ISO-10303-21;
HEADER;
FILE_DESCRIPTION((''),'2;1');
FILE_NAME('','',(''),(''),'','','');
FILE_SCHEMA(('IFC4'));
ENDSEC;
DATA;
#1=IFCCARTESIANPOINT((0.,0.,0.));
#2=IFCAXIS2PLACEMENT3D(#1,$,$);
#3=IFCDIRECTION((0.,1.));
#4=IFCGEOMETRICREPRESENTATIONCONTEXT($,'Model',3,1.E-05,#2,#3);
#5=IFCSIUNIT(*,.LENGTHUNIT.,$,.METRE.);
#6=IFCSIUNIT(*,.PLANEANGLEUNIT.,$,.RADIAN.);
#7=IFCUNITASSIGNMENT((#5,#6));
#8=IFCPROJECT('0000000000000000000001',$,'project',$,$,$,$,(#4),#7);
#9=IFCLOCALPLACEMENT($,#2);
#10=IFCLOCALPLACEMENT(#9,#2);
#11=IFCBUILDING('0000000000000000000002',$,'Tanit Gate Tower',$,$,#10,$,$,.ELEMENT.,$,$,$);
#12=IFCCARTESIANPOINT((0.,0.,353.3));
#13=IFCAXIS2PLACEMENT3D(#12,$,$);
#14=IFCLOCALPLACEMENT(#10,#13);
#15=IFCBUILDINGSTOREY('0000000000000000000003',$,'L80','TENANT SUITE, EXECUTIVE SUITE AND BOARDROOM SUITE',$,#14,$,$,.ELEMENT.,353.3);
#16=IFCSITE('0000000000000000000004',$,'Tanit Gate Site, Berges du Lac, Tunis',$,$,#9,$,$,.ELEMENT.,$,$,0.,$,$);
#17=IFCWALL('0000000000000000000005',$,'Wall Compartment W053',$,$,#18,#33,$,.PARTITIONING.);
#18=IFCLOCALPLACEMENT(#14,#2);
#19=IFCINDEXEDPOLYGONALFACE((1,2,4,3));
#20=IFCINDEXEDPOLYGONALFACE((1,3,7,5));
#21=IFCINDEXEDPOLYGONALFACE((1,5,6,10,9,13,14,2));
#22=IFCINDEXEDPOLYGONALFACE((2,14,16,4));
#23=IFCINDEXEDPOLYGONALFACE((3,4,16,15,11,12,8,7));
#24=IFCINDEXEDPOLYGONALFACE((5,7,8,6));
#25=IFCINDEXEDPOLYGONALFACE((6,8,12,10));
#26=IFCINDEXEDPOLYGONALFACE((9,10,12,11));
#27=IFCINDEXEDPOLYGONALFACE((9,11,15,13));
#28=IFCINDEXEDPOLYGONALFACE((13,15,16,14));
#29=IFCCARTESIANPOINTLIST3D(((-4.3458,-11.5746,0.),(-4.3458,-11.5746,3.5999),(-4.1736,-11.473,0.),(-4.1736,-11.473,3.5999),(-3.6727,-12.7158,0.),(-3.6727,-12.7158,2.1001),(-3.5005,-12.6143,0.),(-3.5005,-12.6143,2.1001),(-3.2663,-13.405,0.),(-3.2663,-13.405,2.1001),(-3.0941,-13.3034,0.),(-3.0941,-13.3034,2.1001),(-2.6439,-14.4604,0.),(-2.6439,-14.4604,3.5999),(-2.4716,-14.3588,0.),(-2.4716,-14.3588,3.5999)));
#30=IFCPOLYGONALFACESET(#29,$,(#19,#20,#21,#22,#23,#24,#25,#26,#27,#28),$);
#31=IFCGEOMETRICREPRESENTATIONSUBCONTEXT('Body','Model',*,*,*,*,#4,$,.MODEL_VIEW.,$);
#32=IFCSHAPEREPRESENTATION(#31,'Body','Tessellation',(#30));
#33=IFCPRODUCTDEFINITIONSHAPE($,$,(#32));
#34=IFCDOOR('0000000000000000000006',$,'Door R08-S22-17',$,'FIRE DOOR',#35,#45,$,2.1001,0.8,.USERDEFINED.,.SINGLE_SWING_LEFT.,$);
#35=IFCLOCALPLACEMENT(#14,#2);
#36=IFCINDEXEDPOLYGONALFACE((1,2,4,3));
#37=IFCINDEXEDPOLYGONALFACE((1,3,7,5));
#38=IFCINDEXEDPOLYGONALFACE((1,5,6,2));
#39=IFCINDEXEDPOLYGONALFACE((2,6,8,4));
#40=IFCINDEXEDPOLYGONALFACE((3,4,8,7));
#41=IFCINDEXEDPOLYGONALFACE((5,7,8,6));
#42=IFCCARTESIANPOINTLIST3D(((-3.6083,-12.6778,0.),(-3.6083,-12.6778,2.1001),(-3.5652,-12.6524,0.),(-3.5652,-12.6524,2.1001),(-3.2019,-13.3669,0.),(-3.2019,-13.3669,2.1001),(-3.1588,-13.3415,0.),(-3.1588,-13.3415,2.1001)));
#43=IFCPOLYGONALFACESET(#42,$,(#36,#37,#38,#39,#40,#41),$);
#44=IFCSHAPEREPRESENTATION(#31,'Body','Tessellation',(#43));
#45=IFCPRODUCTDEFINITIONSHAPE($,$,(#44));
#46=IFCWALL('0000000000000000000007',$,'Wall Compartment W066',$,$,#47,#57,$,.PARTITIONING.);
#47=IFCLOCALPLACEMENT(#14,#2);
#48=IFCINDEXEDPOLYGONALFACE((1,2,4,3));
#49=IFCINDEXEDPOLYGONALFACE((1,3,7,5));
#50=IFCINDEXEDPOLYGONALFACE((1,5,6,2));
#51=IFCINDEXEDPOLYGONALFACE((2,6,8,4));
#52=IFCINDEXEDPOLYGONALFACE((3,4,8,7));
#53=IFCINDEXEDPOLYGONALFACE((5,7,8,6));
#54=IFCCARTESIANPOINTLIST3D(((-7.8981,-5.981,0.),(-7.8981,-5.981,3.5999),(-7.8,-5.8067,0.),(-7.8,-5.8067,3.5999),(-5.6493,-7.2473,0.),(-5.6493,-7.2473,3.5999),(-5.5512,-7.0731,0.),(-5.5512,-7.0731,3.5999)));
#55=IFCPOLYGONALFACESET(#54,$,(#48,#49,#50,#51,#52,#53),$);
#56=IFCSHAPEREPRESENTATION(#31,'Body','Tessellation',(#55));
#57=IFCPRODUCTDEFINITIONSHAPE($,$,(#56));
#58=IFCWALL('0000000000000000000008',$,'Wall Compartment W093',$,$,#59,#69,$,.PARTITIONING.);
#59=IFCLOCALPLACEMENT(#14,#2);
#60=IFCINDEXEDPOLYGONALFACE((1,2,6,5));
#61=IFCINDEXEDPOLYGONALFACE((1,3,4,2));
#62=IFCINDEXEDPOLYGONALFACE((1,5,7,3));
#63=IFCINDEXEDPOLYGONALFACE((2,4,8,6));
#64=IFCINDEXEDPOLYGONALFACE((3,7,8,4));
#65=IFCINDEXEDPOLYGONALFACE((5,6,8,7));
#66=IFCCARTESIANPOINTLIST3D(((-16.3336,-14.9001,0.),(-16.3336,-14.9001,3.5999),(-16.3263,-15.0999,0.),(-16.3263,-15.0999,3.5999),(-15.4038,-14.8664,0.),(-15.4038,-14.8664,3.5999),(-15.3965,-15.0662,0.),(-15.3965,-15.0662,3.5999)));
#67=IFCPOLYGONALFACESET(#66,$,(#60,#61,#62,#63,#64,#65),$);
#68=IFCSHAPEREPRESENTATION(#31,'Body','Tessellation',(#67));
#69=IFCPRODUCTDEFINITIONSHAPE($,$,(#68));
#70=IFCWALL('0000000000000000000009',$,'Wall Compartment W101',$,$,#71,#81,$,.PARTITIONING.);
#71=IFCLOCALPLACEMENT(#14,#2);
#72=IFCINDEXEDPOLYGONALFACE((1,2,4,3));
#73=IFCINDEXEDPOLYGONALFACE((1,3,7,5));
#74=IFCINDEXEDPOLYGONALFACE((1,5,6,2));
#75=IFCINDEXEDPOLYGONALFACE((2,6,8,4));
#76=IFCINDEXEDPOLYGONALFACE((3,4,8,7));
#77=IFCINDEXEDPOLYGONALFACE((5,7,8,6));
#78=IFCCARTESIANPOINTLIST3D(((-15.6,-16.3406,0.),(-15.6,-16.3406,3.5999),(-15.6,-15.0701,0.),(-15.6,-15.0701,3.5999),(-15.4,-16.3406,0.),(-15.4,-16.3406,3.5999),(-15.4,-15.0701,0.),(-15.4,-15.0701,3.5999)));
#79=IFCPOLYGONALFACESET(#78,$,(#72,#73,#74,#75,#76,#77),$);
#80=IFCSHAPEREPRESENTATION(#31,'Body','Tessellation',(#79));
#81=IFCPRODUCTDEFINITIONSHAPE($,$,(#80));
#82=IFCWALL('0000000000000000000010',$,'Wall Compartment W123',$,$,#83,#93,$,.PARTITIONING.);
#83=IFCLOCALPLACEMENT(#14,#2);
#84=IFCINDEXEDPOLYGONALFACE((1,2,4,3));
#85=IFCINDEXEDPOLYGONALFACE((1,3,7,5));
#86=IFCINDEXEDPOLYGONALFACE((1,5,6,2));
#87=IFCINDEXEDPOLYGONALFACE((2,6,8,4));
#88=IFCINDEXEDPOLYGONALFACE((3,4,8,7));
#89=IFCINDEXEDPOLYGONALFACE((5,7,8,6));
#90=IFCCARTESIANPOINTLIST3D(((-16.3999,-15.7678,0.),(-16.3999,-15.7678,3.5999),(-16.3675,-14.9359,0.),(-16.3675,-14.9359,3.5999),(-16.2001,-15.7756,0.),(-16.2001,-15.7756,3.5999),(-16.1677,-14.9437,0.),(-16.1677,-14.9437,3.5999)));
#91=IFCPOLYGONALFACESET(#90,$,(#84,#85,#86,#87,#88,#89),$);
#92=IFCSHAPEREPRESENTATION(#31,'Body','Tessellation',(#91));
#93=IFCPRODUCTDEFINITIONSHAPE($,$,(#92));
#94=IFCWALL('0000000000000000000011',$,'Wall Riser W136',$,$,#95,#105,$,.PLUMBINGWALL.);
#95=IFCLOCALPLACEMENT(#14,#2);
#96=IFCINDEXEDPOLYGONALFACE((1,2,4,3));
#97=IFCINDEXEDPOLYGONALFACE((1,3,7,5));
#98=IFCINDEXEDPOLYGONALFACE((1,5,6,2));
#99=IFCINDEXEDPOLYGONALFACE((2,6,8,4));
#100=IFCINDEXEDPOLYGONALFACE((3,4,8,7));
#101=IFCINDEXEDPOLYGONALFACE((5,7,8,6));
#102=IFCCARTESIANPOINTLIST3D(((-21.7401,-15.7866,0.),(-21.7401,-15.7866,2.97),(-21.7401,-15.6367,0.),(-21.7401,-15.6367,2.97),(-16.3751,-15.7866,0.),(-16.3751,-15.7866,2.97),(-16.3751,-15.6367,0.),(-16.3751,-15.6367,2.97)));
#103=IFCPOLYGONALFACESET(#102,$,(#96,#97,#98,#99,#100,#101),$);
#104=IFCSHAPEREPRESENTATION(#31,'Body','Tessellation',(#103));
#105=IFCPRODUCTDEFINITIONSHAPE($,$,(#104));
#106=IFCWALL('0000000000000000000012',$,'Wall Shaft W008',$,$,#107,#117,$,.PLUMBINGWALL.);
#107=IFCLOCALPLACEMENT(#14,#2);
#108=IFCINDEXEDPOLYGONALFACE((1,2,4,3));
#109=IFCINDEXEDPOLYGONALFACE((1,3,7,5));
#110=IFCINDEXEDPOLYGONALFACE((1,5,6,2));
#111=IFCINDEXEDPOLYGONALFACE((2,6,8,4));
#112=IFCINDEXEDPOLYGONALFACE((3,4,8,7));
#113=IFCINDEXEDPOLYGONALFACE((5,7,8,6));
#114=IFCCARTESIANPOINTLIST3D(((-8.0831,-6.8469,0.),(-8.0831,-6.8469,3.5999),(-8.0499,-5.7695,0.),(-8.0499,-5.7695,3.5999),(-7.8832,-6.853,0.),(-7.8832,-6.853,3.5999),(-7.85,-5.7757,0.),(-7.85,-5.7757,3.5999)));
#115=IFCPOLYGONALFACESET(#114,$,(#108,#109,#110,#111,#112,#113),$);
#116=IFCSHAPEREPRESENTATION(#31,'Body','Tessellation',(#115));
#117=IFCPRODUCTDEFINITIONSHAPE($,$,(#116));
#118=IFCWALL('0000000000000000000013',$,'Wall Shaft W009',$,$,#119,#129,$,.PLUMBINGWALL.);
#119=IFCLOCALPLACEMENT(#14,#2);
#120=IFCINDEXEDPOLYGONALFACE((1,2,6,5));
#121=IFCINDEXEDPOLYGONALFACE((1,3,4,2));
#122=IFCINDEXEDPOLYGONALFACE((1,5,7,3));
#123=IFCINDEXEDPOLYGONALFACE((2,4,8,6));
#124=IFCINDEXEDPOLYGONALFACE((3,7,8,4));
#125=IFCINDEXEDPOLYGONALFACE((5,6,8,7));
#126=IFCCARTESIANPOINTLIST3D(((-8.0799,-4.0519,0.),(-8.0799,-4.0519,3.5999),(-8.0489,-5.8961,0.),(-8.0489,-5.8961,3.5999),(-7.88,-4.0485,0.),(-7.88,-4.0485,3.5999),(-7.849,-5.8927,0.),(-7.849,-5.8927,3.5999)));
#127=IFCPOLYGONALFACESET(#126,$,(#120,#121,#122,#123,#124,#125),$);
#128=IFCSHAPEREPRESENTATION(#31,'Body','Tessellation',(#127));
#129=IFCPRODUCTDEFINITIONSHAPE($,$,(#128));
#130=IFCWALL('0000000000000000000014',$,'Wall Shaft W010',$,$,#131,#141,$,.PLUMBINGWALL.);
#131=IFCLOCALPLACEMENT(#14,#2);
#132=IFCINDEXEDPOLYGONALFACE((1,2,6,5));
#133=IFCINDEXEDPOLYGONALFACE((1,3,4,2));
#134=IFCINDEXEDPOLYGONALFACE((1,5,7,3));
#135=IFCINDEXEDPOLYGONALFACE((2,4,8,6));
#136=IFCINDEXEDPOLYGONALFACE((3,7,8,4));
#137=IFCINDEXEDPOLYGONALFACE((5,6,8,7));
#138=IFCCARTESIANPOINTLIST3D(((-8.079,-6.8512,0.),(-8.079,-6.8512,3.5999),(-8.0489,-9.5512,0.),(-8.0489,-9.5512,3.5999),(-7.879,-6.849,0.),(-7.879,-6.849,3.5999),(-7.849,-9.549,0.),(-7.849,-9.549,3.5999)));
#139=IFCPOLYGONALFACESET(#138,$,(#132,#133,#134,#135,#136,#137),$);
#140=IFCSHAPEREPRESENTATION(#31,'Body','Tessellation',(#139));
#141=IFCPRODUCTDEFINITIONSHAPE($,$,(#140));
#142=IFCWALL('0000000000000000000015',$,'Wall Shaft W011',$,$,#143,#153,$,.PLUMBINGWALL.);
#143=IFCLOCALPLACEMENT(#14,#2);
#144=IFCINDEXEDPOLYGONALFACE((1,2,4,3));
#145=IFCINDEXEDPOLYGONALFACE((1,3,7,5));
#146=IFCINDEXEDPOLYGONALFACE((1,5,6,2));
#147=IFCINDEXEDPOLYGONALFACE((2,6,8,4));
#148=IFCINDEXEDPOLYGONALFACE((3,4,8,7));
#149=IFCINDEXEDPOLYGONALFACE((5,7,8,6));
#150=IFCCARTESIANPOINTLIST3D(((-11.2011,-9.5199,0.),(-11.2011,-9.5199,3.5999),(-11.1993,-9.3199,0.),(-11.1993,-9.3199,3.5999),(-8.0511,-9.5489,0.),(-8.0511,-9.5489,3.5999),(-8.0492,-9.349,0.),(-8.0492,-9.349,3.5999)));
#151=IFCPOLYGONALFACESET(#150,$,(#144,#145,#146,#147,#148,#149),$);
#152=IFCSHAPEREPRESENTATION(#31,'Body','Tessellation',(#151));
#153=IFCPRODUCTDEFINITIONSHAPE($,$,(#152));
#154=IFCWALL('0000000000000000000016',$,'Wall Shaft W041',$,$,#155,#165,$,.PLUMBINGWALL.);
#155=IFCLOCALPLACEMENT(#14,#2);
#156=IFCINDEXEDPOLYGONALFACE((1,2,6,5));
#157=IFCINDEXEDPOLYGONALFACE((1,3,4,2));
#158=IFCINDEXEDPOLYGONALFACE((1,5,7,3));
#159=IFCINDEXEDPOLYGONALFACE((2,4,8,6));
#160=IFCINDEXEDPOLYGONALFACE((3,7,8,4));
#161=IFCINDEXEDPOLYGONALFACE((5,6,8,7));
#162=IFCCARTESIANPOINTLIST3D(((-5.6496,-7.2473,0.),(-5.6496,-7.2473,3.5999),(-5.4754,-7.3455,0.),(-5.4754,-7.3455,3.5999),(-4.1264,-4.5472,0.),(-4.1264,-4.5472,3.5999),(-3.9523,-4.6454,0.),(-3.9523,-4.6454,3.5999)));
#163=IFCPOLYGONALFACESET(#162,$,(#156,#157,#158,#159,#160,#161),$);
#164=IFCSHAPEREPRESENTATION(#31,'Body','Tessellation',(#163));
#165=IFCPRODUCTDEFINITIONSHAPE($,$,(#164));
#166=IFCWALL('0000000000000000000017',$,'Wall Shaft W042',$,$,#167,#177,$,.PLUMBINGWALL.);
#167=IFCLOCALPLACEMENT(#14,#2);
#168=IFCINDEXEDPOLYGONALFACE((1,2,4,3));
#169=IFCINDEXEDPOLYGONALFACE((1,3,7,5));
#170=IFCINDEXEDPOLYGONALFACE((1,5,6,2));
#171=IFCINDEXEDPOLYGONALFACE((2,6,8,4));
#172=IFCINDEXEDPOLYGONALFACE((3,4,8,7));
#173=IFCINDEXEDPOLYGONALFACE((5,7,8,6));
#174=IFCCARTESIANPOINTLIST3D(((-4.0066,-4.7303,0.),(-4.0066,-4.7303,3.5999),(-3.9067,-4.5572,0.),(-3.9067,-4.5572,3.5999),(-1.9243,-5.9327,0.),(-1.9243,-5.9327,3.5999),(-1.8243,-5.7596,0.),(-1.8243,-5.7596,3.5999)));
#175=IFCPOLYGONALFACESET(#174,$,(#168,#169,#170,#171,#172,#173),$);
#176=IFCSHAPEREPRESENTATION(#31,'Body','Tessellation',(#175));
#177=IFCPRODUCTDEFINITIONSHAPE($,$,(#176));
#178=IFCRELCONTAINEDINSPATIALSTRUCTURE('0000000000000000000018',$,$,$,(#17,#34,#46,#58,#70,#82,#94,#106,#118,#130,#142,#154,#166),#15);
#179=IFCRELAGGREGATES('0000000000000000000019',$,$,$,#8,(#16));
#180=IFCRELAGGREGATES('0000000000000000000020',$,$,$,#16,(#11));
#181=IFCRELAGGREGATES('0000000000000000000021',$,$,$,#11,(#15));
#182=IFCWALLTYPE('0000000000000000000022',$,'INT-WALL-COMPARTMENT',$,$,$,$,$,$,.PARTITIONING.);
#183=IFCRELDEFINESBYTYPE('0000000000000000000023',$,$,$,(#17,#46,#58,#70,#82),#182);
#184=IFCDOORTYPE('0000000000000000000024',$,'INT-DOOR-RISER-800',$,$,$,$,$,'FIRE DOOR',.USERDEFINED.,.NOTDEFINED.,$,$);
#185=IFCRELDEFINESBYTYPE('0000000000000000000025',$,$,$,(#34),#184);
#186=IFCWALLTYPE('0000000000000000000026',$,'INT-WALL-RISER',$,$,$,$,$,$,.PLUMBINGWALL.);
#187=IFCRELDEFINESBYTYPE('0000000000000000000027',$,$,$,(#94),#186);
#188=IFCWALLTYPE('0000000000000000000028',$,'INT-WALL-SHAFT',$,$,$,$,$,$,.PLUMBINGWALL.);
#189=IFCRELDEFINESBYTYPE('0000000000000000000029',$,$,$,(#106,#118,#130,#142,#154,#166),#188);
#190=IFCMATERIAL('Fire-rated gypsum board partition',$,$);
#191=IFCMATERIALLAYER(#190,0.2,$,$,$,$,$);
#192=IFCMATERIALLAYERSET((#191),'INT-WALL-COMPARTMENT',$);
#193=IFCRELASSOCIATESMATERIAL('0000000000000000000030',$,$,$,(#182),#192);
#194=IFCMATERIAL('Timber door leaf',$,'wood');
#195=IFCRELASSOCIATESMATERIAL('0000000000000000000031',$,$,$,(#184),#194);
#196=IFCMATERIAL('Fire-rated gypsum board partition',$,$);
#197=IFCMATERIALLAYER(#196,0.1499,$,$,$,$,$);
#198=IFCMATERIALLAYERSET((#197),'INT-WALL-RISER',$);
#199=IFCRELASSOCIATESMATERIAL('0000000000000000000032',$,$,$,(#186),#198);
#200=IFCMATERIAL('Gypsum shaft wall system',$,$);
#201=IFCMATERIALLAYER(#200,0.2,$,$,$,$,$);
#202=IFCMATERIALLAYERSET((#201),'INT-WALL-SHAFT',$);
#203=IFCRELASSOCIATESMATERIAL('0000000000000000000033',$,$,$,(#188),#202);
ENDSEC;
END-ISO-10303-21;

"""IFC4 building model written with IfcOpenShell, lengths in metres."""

from ifc_helpers import new_model, si_unit, direction, frame, frame_2d, origin, place, context, subcontext, project, spatial, rectangle, extrude, material, layer, layer_set, type_object, element, fill, save


model = new_model("IFC4")

# Units and contexts
model_context = context("Model", 3, precision=1e-05, world=origin(), true_north=direction((0.0, 1.0)))
body_context = subcontext(model_context, "Body", "Model", "MODEL_VIEW")
ifc_project = project(units=[si_unit("LENGTHUNIT", "METRE"), si_unit("PLANEANGLEUNIT", "RADIAN")], contexts=[model_context])

# Site, building, storey
site_placement = place(None, origin())
site = spatial("IfcSite", under=ifc_project, at=site_placement, Name="Tanit Gate Site, Berges du Lac, Tunis", CompositionType="ELEMENT", RefElevation=0.0)
building_placement = place(site_placement, origin())
building = spatial("IfcBuilding", under=site, at=building_placement, Name="Tanit Gate Tower", CompositionType="ELEMENT")
storey_placement = place(building_placement, frame((0.0, 0.0, 353.3)))
storey = spatial("IfcBuildingStorey", under=building, at=storey_placement, Name="L80", Description="TENANT SUITE, EXECUTIVE SUITE AND BOARDROOM SUITE", CompositionType="ELEMENT", Elevation=353.3)

# Wall, opening, door
ifc_material_1 = material(Name="Fire-rated gypsum board partition")
ifc_layer_1 = layer(ifc_material_1, 0.2)
ifc_layer_set_1 = layer_set([ifc_layer_1], Name="INT-WALL-COMPARTMENT")
wall_type_1 = type_object("IfcWallType", Name="INT-WALL-COMPARTMENT", PredefinedType="PARTITIONING", material=ifc_layer_set_1)
wall_1_placement = place(storey_placement, frame((-4.2598, -11.5237, 0.0), z_axis=(0.0, 0.0, 1.0), x_axis=(0.507997, -0.861359, 0.0)))
wall_1 = element("IfcWall", 1, at=wall_1_placement, inside=storey, type_object=wall_type_1, Name="Wall Compartment W053", PredefinedType="PARTITIONING", context=body_context, shape_type="SweptSolid", body=[
    extrude(rectangle(XDim=3.3503, YDim=0.2, at=frame_2d((1.6753, 0.0))), origin(), (0.0, 0.0, 1.0), 3.5999),
])
opening_1_placement = place(wall_1_placement, frame((1.3252, 0.0, 0.0)))
opening_1 = element("IfcOpeningElement", 2, at=opening_1_placement, cuts=wall_1, PredefinedType="OPENING", context=body_context, shape_type="SweptSolid", body=[
    extrude(rectangle(XDim=0.8, YDim=2.1001, at=frame_2d((0.3999, 1.05))), frame((0.0, 0.1099, 0.0), z_axis=(0.0, -1.0, 0.0), x_axis=(1.0, 0.0, 0.0)), (0.0, 0.0, 1.0), 0.22),
])
ifc_material_2 = material(Name="Timber door leaf", Category="wood")
door_type_1 = type_object("IfcDoorType", Name="INT-DOOR-RISER-800", ElementType="FIRE DOOR", OperationType="NOTDEFINED", PredefinedType="USERDEFINED", material=ifc_material_2)
door_1_placement = place(opening_1_placement, origin())
door_1 = element("IfcDoor", 3, at=door_1_placement, inside=storey, type_object=door_type_1, Name="Door R08-S22-17", ObjectType="FIRE DOOR", OperationType="SINGLE_SWING_LEFT", OverallHeight=2.1001, OverallWidth=0.8, PredefinedType="USERDEFINED", context=body_context, shape_type="SweptSolid", body=[
    extrude(rectangle(XDim=0.8, YDim=2.1001, at=frame_2d((0.3999, 1.05))), frame((0.0, 0.0249, 0.0), z_axis=(0.0, -1.0, 0.0), x_axis=(1.0, 0.0, 0.0)), (0.0, 0.0, 1.0), 0.05),
])
fill(opening_1, door_1)

# Walls
wall_2_placement = place(storey_placement, frame((-7.8491, -5.8938, 0.0), z_axis=(0.0, 0.0, 1.0), x_axis=(0.87134, -0.490679, 0.0)))
element("IfcWall", 4, at=wall_2_placement, inside=storey, type_object=wall_type_1, Name="Wall Compartment W066", PredefinedType="PARTITIONING", context=body_context, shape_type="SweptSolid", body=[
    extrude(rectangle(XDim=2.5808, YDim=0.2, at=frame_2d((1.2905, 0.0))), origin(), (0.0, 0.0, 1.0), 3.5999),
])
wall_3_placement = place(storey_placement, frame((-16.3301, -15.0, 0.0), z_axis=(0.0, 0.0, 1.0), x_axis=(0.999344, 0.036206, 0.0)))
element("IfcWall", 5, at=wall_3_placement, inside=storey, type_object=wall_type_1, Name="Wall Compartment W093", PredefinedType="PARTITIONING", context=body_context, shape_type="SweptSolid", body=[
    extrude(rectangle(XDim=0.9304, YDim=0.2, at=frame_2d((0.4653, 0.0))), origin(), (0.0, 0.0, 1.0), 3.5999),
])
wall_4_placement = place(storey_placement, frame((-15.5, -15.0701, 0.0), z_axis=(0.0, 0.0, 1.0), x_axis=(0.0, -1.0, 0.0)))
element("IfcWall", 6, at=wall_4_placement, inside=storey, type_object=wall_type_1, Name="Wall Compartment W101", PredefinedType="PARTITIONING", context=body_context, shape_type="SweptSolid", body=[
    extrude(rectangle(XDim=1.2705, YDim=0.2, at=frame_2d((0.6353, 0.0))), origin(), (0.0, 0.0, 1.0), 3.5999),
])
wall_5_placement = place(storey_placement, frame((-16.3, -15.7717, 0.0), z_axis=(0.0, 0.0, 1.0), x_axis=(0.039008, 0.999239, 0.0)))
element("IfcWall", 7, at=wall_5_placement, inside=storey, type_object=wall_type_1, Name="Wall Compartment W123", PredefinedType="PARTITIONING", context=body_context, shape_type="SweptSolid", body=[
    extrude(rectangle(XDim=0.8325, YDim=0.2, at=frame_2d((0.4163, 0.0))), origin(), (0.0, 0.0, 1.0), 3.5999),
])
ifc_material_3 = material(Name="Fire-rated gypsum board partition")
ifc_layer_2 = layer(ifc_material_3, 0.1499)
ifc_layer_set_2 = layer_set([ifc_layer_2], Name="INT-WALL-RISER")
wall_type_2 = type_object("IfcWallType", Name="INT-WALL-RISER", PredefinedType="PLUMBINGWALL", material=ifc_layer_set_2)
wall_6_placement = place(storey_placement, frame((-16.375, -15.7117, 0.0), z_axis=(0.0, 0.0, 1.0), x_axis=(-1.0, 0.0, 0.0)))
element("IfcWall", 8, at=wall_6_placement, inside=storey, type_object=wall_type_2, Name="Wall Riser W136", PredefinedType="PLUMBINGWALL", context=body_context, shape_type="SweptSolid", body=[
    extrude(rectangle(XDim=5.365, YDim=0.1499, at=frame_2d((2.6826, 0.0))), origin(), (0.0, 0.0, 1.0), 2.97),
])
ifc_material_4 = material(Name="Gypsum shaft wall system")
ifc_layer_3 = layer(ifc_material_4, 0.2)
ifc_layer_set_3 = layer_set([ifc_layer_3], Name="INT-WALL-SHAFT")
wall_type_3 = type_object("IfcWallType", Name="INT-WALL-SHAFT", PredefinedType="PLUMBINGWALL", material=ifc_layer_set_3)
wall_7_placement = place(storey_placement, frame((-7.95, -5.7725, 0.0), z_axis=(0.0, 0.0, 1.0), x_axis=(-0.030803, -0.999525, 0.0)))
element("IfcWall", 9, at=wall_7_placement, inside=storey, type_object=wall_type_3, Name="Wall Shaft W008", PredefinedType="PLUMBINGWALL", context=body_context, shape_type="SweptSolid", body=[
    extrude(rectangle(XDim=1.0779, YDim=0.2, at=frame_2d((0.5391, 0.0))), origin(), (0.0, 0.0, 1.0), 3.5999),
])
wall_8_placement = place(storey_placement, frame((-7.98, -4.05, 0.0), z_axis=(0.0, 0.0, 1.0), x_axis=(0.01681, -0.999859, 0.0)))
element("IfcWall", 10, at=wall_8_placement, inside=storey, type_object=wall_type_3, Name="Wall Shaft W009", PredefinedType="PLUMBINGWALL", context=body_context, shape_type="SweptSolid", body=[
    extrude(rectangle(XDim=1.8445, YDim=0.2, at=frame_2d((0.9224, 0.0))), origin(), (0.0, 0.0, 1.0), 3.5999),
])
wall_9_placement = place(storey_placement, frame((-7.979, -6.8501, 0.0), z_axis=(0.0, 0.0, 1.0), x_axis=(0.011121, -0.999938, 0.0)))
element("IfcWall", 11, at=wall_9_placement, inside=storey, type_object=wall_type_3, Name="Wall Shaft W010", PredefinedType="PLUMBINGWALL", context=body_context, shape_type="SweptSolid", body=[
    extrude(rectangle(XDim=2.7002, YDim=0.2, at=frame_2d((1.3501, 0.0))), origin(), (0.0, 0.0, 1.0), 3.5999),
])
wall_10_placement = place(storey_placement, frame((-8.05, -9.449, 0.0), z_axis=(0.0, 0.0, 1.0), x_axis=(-0.999957, 0.009223, 0.0)))
element("IfcWall", 12, at=wall_10_placement, inside=storey, type_object=wall_type_3, Name="Wall Shaft W011", PredefinedType="PLUMBINGWALL", context=body_context, shape_type="SweptSolid", body=[
    extrude(rectangle(XDim=3.1501, YDim=0.2, at=frame_2d((1.5752, 0.0))), origin(), (0.0, 0.0, 1.0), 3.5999),
])
wall_11_placement = place(storey_placement, frame((-5.5625, -7.2964, 0.0), z_axis=(0.0, 0.0, 1.0), x_axis=(0.491323, 0.870978, 0.0)))
element("IfcWall", 13, at=wall_11_placement, inside=storey, type_object=wall_type_3, Name="Wall Shaft W041", PredefinedType="PLUMBINGWALL", context=body_context, shape_type="SweptSolid", body=[
    extrude(rectangle(XDim=3.1001, YDim=0.2, at=frame_2d((1.55, 0.0))), origin(), (0.0, 0.0, 1.0), 3.5999),
])
wall_12_placement = place(storey_placement, frame((-3.9565, -4.6438, 0.0), z_axis=(0.0, 0.0, 1.0), x_axis=(0.865991, -0.500059, 0.0)))
element("IfcWall", 14, at=wall_12_placement, inside=storey, type_object=wall_type_3, Name="Wall Shaft W042", PredefinedType="PLUMBINGWALL", context=body_context, shape_type="SweptSolid", body=[
    extrude(rectangle(XDim=2.4045, YDim=0.2, at=frame_2d((1.2021, 0.0))), origin(), (0.0, 0.0, 1.0), 3.5999),
])

save(model, "model.ifc")
